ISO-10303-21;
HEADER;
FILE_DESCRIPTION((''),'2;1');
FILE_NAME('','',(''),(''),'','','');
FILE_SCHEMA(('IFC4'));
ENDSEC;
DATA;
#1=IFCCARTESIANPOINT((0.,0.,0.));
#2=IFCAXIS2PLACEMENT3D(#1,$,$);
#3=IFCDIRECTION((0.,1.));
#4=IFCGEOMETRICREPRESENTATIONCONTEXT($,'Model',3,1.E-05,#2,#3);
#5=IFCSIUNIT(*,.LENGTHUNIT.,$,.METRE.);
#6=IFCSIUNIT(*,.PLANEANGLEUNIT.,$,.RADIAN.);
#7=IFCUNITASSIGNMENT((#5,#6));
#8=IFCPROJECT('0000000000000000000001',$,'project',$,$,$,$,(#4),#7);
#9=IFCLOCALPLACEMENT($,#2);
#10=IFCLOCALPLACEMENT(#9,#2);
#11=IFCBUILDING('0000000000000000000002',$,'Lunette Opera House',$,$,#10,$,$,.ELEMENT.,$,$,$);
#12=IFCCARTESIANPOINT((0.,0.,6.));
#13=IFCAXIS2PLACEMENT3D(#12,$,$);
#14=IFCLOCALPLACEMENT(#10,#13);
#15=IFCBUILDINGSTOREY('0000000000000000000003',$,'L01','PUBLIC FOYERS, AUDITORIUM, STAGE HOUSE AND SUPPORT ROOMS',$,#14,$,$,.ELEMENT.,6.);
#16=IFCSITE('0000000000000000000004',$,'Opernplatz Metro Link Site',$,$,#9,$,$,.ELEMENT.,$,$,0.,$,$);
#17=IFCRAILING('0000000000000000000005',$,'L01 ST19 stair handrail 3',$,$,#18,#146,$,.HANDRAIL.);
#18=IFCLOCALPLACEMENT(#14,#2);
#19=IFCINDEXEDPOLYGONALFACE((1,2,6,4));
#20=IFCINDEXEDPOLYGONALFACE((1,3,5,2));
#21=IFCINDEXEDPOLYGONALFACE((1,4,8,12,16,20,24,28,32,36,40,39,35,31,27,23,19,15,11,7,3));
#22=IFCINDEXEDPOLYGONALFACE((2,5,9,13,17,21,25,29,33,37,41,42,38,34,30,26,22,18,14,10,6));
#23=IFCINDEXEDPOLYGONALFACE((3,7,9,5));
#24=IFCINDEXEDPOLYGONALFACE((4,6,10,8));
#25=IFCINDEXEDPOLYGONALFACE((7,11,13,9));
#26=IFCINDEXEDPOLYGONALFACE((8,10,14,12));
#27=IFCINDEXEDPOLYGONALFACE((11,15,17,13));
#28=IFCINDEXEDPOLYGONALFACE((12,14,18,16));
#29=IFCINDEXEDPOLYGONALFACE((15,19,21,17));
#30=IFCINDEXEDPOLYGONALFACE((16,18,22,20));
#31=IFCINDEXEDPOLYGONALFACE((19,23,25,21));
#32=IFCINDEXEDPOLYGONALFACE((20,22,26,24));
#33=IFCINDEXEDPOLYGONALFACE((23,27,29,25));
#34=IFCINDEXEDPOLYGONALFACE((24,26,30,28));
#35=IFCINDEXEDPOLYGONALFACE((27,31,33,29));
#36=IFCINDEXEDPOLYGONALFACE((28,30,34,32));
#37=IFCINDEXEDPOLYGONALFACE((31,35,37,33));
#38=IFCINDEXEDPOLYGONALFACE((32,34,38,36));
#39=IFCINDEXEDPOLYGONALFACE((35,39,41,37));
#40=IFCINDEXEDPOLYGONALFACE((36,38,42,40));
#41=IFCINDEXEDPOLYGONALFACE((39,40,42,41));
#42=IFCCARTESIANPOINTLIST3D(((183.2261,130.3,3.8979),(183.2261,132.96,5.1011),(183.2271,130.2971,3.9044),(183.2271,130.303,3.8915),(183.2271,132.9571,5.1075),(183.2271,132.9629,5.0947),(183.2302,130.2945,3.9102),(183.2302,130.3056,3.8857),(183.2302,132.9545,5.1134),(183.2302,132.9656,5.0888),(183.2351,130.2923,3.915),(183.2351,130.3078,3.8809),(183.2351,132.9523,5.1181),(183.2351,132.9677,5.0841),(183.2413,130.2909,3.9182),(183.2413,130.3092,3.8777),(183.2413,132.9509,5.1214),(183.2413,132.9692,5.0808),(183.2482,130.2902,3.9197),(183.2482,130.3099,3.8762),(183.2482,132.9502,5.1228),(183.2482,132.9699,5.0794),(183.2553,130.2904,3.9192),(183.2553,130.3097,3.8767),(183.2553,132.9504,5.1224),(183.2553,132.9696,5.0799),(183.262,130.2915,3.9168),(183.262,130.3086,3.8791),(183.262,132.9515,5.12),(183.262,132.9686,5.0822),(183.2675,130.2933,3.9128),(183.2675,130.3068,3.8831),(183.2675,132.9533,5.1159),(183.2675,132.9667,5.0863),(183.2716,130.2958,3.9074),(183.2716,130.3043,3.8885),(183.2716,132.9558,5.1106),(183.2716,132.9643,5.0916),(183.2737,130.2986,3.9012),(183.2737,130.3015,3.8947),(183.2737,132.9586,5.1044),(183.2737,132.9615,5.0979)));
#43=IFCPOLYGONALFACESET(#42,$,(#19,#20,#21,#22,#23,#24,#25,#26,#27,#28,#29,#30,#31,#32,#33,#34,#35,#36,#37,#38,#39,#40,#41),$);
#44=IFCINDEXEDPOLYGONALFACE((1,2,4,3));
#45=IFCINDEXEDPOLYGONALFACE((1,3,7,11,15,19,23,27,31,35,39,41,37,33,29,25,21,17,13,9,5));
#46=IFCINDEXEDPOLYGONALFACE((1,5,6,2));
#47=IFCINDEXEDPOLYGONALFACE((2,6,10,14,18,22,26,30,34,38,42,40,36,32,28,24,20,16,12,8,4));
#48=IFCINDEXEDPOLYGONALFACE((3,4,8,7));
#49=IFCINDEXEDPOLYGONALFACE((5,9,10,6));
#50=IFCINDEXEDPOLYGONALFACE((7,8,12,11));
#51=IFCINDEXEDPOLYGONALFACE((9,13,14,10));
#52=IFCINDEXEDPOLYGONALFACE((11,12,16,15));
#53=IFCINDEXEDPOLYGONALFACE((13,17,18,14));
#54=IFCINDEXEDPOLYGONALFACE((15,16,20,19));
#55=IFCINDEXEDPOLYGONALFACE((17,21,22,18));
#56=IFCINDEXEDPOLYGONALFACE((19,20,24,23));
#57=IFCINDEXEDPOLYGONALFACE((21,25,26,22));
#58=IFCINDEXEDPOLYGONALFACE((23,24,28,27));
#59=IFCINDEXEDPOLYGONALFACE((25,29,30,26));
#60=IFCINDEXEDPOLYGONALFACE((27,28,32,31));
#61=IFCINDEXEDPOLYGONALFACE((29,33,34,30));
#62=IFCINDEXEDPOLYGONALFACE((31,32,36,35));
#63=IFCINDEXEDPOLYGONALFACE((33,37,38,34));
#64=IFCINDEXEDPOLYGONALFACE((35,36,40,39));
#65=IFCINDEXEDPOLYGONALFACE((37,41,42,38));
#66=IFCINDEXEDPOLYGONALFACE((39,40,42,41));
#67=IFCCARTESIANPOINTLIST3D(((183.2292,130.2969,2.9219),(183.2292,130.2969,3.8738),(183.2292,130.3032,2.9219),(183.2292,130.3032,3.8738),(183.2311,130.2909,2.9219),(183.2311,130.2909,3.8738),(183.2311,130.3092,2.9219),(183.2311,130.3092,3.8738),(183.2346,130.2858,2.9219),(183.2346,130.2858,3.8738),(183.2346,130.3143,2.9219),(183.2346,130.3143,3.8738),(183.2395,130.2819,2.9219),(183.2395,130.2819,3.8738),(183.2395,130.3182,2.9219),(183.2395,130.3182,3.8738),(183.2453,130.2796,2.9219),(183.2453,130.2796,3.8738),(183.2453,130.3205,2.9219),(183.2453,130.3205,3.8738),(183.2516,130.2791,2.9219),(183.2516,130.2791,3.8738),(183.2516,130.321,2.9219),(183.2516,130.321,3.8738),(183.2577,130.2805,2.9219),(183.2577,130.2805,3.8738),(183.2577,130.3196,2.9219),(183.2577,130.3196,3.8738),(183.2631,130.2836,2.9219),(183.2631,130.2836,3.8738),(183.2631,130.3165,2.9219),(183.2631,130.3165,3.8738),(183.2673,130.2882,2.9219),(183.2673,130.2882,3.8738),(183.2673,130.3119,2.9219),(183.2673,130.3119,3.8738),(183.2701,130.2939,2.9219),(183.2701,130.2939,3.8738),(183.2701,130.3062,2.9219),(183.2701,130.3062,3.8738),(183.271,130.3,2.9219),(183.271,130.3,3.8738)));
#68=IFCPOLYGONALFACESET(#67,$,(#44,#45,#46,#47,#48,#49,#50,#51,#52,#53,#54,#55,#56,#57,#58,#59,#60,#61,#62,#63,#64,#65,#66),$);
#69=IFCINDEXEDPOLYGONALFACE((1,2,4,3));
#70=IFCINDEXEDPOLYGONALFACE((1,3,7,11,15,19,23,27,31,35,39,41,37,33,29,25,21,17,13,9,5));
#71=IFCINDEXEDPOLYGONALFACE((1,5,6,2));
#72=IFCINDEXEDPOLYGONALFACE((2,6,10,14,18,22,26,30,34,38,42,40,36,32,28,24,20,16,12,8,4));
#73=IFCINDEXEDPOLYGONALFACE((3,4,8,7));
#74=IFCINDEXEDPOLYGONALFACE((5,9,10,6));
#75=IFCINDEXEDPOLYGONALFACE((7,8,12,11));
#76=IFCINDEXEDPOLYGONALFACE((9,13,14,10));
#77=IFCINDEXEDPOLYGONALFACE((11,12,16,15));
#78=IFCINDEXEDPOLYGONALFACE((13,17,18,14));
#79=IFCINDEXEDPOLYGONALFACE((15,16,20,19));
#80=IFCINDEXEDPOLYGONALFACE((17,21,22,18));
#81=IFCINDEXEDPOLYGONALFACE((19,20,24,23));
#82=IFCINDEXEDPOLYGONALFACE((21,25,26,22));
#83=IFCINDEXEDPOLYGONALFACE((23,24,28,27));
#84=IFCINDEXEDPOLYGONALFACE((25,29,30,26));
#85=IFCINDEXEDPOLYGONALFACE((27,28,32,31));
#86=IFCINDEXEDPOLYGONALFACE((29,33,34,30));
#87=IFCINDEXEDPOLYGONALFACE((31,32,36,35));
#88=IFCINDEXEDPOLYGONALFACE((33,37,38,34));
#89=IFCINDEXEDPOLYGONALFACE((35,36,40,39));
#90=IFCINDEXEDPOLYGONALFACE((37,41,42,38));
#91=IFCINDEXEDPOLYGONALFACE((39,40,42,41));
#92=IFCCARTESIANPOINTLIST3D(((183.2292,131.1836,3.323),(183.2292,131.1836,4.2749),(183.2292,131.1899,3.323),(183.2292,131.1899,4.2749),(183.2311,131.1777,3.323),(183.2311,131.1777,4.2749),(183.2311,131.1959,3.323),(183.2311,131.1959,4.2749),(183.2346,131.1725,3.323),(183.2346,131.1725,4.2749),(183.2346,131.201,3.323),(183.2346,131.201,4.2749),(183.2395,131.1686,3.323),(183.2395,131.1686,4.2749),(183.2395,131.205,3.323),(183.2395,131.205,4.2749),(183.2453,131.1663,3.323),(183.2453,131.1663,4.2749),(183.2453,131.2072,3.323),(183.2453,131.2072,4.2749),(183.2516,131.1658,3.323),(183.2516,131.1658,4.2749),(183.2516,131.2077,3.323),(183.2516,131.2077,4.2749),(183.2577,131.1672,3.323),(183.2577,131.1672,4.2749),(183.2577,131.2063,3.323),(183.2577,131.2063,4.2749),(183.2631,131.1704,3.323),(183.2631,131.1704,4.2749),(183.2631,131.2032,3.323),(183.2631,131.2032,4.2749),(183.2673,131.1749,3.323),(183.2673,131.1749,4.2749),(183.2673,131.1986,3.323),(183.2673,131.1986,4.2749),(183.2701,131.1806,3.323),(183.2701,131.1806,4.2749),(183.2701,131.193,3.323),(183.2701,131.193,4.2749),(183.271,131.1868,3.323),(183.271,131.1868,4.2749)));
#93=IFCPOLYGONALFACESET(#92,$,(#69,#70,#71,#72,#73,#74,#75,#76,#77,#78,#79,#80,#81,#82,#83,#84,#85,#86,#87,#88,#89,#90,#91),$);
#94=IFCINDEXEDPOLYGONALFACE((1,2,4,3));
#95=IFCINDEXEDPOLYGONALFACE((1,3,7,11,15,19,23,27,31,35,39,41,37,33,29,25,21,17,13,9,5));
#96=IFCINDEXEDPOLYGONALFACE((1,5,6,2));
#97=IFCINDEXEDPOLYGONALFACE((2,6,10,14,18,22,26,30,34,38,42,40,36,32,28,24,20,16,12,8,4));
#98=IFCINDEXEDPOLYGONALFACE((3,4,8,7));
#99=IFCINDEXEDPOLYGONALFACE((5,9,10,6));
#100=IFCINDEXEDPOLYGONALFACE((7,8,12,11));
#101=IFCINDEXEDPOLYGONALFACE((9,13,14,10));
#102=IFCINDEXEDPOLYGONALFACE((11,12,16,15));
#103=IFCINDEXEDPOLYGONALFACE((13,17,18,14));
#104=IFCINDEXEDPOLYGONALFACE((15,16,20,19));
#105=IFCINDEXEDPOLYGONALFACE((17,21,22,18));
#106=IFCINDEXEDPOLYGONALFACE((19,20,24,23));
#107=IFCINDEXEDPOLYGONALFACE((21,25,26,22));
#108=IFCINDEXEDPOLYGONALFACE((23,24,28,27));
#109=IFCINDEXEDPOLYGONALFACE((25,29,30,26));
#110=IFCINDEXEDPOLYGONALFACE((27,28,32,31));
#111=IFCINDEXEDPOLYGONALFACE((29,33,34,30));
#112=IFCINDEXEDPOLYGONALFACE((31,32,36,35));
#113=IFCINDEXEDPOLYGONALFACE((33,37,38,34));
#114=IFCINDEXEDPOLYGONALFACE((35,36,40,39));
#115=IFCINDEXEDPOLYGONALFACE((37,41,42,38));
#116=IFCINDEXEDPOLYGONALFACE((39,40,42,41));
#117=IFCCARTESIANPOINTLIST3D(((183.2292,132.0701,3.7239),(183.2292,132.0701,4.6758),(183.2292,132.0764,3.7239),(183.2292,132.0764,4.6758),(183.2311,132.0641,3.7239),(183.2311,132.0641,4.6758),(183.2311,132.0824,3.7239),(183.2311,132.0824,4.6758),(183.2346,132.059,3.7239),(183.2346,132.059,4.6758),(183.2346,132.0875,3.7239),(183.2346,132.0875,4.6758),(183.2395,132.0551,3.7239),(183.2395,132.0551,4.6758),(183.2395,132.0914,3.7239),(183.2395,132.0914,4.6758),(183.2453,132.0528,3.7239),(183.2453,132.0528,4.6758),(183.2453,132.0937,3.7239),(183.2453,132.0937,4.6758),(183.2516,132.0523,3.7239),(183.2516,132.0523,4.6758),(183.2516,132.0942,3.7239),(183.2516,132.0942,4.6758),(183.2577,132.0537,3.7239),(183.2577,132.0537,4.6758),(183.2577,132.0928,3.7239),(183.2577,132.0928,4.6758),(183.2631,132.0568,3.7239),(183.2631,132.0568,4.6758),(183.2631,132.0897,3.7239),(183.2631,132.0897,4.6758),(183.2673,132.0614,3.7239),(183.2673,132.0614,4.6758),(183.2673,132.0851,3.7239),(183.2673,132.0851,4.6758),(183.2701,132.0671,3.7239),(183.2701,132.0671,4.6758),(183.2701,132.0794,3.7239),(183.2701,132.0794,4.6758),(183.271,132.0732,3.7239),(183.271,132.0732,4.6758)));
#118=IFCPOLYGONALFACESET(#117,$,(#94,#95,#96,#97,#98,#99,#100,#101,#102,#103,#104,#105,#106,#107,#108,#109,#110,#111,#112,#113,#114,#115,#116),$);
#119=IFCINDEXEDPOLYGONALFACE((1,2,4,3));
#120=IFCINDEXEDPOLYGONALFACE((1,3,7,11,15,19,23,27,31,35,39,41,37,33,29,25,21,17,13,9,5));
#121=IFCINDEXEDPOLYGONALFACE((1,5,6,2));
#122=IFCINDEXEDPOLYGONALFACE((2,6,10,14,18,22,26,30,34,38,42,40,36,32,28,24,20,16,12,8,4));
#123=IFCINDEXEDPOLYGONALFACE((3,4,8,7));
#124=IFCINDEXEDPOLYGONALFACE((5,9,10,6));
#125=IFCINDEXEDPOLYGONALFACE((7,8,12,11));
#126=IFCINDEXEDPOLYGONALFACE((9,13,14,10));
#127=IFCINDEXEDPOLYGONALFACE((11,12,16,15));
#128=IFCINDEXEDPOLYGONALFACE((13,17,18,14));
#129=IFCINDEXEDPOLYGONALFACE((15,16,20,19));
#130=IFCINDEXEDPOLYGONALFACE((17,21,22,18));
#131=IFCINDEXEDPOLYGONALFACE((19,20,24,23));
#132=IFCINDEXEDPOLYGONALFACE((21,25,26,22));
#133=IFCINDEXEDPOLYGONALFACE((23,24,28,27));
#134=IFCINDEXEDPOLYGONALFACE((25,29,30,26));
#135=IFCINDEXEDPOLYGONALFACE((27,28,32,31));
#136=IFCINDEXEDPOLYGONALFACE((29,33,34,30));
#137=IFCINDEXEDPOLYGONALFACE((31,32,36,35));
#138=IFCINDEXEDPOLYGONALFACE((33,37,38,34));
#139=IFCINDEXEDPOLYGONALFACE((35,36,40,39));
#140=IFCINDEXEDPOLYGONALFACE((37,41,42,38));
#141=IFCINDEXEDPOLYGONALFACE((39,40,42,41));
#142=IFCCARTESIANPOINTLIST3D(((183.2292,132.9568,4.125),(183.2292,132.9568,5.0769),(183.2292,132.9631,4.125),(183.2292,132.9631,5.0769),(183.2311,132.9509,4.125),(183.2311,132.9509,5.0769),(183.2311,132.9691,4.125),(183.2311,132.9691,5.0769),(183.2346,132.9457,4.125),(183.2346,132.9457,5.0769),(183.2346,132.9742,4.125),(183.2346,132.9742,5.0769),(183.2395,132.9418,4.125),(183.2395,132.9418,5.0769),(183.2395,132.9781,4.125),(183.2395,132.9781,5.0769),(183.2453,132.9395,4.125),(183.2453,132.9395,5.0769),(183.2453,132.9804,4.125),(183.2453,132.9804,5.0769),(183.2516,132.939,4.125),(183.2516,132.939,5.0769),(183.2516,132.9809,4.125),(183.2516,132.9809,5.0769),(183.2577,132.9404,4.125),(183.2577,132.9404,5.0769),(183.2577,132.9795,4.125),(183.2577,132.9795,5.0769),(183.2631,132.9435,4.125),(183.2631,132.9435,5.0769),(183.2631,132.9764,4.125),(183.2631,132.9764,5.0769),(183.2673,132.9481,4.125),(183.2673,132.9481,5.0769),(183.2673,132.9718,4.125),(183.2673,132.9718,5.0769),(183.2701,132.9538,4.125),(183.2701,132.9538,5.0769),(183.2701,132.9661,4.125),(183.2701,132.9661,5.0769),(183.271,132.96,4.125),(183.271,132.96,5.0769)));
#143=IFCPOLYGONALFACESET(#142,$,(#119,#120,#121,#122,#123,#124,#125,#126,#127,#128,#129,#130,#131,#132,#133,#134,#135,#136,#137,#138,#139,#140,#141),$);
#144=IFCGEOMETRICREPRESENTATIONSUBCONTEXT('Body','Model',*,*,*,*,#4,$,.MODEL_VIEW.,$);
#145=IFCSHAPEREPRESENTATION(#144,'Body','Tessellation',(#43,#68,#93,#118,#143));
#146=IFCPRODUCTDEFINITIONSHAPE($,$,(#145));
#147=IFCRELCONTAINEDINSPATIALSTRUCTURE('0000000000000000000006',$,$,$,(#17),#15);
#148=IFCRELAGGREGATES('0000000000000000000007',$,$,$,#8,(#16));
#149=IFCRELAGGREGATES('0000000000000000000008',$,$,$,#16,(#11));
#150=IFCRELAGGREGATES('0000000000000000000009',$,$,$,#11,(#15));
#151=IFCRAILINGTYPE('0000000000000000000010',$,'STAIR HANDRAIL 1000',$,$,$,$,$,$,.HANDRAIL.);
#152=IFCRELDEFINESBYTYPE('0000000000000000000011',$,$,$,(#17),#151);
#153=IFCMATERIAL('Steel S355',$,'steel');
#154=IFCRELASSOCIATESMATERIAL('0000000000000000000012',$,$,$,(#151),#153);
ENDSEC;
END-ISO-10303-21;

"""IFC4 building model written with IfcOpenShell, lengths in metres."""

from ifc_helpers import new_model, si_unit, direction, frame, origin, origin_2d, place, context, subcontext, project, spatial, circle, extrude, material, type_object, element, save


model = new_model("IFC4")

# Units and contexts
model_context = context("Model", 3, precision=1e-05, world=origin(), true_north=direction((0.0, 1.0)))
body_context = subcontext(model_context, "Body", "Model", "MODEL_VIEW")
ifc_project = project(units=[si_unit("LENGTHUNIT", "METRE"), si_unit("PLANEANGLEUNIT", "RADIAN")], contexts=[model_context])

# Site, building, storey
site_placement = place(None, origin())
site = spatial("IfcSite", under=ifc_project, at=site_placement, Name="Opernplatz Metro Link Site", CompositionType="ELEMENT", RefElevation=0.0)
building_placement = place(site_placement, origin())
building = spatial("IfcBuilding", under=site, at=building_placement, Name="Lunette Opera House", CompositionType="ELEMENT")
storey_placement = place(building_placement, frame((0.0, 0.0, 6.0)))
storey = spatial("IfcBuildingStorey", under=building, at=storey_placement, Name="L01", Description="PUBLIC FOYERS, AUDITORIUM, STAGE HOUSE AND SUPPORT ROOMS", CompositionType="ELEMENT", Elevation=6.0)

# Railing
ifc_material_1 = material(Name="Steel S355", Category="steel")
railing_type_1 = type_object("IfcRailingType", Name="STAIR HANDRAIL 1000", PredefinedType="HANDRAIL", material=ifc_material_1)
railing_1_placement = place(storey_placement, frame((183.25, 130.3, 2.9219)))
element("IfcRailing", 1, at=railing_1_placement, inside=storey, type_object=railing_type_1, Name="L01 ST19 stair handrail 3", PredefinedType="HANDRAIL", context=body_context, shape_type="SweptSolid", body=[
    extrude(circle(Radius=0.0239, at=origin_2d()), frame((0.0, 0.0, 0.9761), z_axis=(0.0, 0.91113, 0.41212), x_axis=(-1.0, 0.0, 0.0)), (0.0, 0.0, 1.0), 2.9194),
    extrude(circle(Radius=0.021, at=origin_2d()), origin(), (0.0, 0.0, 1.0), 0.9519),
    extrude(circle(Radius=0.021, at=origin_2d()), frame((0.0, 0.8867, 0.4011)), (0.0, 0.0, 1.0), 0.9519),
    extrude(circle(Radius=0.021, at=origin_2d()), frame((0.0, 1.7732, 0.802)), (0.0, 0.0, 1.0), 0.9519),
    extrude(circle(Radius=0.021, at=origin_2d()), frame((0.0, 2.6599, 1.2031)), (0.0, 0.0, 1.0), 0.9519),
])

save(model, "model.ifc")
